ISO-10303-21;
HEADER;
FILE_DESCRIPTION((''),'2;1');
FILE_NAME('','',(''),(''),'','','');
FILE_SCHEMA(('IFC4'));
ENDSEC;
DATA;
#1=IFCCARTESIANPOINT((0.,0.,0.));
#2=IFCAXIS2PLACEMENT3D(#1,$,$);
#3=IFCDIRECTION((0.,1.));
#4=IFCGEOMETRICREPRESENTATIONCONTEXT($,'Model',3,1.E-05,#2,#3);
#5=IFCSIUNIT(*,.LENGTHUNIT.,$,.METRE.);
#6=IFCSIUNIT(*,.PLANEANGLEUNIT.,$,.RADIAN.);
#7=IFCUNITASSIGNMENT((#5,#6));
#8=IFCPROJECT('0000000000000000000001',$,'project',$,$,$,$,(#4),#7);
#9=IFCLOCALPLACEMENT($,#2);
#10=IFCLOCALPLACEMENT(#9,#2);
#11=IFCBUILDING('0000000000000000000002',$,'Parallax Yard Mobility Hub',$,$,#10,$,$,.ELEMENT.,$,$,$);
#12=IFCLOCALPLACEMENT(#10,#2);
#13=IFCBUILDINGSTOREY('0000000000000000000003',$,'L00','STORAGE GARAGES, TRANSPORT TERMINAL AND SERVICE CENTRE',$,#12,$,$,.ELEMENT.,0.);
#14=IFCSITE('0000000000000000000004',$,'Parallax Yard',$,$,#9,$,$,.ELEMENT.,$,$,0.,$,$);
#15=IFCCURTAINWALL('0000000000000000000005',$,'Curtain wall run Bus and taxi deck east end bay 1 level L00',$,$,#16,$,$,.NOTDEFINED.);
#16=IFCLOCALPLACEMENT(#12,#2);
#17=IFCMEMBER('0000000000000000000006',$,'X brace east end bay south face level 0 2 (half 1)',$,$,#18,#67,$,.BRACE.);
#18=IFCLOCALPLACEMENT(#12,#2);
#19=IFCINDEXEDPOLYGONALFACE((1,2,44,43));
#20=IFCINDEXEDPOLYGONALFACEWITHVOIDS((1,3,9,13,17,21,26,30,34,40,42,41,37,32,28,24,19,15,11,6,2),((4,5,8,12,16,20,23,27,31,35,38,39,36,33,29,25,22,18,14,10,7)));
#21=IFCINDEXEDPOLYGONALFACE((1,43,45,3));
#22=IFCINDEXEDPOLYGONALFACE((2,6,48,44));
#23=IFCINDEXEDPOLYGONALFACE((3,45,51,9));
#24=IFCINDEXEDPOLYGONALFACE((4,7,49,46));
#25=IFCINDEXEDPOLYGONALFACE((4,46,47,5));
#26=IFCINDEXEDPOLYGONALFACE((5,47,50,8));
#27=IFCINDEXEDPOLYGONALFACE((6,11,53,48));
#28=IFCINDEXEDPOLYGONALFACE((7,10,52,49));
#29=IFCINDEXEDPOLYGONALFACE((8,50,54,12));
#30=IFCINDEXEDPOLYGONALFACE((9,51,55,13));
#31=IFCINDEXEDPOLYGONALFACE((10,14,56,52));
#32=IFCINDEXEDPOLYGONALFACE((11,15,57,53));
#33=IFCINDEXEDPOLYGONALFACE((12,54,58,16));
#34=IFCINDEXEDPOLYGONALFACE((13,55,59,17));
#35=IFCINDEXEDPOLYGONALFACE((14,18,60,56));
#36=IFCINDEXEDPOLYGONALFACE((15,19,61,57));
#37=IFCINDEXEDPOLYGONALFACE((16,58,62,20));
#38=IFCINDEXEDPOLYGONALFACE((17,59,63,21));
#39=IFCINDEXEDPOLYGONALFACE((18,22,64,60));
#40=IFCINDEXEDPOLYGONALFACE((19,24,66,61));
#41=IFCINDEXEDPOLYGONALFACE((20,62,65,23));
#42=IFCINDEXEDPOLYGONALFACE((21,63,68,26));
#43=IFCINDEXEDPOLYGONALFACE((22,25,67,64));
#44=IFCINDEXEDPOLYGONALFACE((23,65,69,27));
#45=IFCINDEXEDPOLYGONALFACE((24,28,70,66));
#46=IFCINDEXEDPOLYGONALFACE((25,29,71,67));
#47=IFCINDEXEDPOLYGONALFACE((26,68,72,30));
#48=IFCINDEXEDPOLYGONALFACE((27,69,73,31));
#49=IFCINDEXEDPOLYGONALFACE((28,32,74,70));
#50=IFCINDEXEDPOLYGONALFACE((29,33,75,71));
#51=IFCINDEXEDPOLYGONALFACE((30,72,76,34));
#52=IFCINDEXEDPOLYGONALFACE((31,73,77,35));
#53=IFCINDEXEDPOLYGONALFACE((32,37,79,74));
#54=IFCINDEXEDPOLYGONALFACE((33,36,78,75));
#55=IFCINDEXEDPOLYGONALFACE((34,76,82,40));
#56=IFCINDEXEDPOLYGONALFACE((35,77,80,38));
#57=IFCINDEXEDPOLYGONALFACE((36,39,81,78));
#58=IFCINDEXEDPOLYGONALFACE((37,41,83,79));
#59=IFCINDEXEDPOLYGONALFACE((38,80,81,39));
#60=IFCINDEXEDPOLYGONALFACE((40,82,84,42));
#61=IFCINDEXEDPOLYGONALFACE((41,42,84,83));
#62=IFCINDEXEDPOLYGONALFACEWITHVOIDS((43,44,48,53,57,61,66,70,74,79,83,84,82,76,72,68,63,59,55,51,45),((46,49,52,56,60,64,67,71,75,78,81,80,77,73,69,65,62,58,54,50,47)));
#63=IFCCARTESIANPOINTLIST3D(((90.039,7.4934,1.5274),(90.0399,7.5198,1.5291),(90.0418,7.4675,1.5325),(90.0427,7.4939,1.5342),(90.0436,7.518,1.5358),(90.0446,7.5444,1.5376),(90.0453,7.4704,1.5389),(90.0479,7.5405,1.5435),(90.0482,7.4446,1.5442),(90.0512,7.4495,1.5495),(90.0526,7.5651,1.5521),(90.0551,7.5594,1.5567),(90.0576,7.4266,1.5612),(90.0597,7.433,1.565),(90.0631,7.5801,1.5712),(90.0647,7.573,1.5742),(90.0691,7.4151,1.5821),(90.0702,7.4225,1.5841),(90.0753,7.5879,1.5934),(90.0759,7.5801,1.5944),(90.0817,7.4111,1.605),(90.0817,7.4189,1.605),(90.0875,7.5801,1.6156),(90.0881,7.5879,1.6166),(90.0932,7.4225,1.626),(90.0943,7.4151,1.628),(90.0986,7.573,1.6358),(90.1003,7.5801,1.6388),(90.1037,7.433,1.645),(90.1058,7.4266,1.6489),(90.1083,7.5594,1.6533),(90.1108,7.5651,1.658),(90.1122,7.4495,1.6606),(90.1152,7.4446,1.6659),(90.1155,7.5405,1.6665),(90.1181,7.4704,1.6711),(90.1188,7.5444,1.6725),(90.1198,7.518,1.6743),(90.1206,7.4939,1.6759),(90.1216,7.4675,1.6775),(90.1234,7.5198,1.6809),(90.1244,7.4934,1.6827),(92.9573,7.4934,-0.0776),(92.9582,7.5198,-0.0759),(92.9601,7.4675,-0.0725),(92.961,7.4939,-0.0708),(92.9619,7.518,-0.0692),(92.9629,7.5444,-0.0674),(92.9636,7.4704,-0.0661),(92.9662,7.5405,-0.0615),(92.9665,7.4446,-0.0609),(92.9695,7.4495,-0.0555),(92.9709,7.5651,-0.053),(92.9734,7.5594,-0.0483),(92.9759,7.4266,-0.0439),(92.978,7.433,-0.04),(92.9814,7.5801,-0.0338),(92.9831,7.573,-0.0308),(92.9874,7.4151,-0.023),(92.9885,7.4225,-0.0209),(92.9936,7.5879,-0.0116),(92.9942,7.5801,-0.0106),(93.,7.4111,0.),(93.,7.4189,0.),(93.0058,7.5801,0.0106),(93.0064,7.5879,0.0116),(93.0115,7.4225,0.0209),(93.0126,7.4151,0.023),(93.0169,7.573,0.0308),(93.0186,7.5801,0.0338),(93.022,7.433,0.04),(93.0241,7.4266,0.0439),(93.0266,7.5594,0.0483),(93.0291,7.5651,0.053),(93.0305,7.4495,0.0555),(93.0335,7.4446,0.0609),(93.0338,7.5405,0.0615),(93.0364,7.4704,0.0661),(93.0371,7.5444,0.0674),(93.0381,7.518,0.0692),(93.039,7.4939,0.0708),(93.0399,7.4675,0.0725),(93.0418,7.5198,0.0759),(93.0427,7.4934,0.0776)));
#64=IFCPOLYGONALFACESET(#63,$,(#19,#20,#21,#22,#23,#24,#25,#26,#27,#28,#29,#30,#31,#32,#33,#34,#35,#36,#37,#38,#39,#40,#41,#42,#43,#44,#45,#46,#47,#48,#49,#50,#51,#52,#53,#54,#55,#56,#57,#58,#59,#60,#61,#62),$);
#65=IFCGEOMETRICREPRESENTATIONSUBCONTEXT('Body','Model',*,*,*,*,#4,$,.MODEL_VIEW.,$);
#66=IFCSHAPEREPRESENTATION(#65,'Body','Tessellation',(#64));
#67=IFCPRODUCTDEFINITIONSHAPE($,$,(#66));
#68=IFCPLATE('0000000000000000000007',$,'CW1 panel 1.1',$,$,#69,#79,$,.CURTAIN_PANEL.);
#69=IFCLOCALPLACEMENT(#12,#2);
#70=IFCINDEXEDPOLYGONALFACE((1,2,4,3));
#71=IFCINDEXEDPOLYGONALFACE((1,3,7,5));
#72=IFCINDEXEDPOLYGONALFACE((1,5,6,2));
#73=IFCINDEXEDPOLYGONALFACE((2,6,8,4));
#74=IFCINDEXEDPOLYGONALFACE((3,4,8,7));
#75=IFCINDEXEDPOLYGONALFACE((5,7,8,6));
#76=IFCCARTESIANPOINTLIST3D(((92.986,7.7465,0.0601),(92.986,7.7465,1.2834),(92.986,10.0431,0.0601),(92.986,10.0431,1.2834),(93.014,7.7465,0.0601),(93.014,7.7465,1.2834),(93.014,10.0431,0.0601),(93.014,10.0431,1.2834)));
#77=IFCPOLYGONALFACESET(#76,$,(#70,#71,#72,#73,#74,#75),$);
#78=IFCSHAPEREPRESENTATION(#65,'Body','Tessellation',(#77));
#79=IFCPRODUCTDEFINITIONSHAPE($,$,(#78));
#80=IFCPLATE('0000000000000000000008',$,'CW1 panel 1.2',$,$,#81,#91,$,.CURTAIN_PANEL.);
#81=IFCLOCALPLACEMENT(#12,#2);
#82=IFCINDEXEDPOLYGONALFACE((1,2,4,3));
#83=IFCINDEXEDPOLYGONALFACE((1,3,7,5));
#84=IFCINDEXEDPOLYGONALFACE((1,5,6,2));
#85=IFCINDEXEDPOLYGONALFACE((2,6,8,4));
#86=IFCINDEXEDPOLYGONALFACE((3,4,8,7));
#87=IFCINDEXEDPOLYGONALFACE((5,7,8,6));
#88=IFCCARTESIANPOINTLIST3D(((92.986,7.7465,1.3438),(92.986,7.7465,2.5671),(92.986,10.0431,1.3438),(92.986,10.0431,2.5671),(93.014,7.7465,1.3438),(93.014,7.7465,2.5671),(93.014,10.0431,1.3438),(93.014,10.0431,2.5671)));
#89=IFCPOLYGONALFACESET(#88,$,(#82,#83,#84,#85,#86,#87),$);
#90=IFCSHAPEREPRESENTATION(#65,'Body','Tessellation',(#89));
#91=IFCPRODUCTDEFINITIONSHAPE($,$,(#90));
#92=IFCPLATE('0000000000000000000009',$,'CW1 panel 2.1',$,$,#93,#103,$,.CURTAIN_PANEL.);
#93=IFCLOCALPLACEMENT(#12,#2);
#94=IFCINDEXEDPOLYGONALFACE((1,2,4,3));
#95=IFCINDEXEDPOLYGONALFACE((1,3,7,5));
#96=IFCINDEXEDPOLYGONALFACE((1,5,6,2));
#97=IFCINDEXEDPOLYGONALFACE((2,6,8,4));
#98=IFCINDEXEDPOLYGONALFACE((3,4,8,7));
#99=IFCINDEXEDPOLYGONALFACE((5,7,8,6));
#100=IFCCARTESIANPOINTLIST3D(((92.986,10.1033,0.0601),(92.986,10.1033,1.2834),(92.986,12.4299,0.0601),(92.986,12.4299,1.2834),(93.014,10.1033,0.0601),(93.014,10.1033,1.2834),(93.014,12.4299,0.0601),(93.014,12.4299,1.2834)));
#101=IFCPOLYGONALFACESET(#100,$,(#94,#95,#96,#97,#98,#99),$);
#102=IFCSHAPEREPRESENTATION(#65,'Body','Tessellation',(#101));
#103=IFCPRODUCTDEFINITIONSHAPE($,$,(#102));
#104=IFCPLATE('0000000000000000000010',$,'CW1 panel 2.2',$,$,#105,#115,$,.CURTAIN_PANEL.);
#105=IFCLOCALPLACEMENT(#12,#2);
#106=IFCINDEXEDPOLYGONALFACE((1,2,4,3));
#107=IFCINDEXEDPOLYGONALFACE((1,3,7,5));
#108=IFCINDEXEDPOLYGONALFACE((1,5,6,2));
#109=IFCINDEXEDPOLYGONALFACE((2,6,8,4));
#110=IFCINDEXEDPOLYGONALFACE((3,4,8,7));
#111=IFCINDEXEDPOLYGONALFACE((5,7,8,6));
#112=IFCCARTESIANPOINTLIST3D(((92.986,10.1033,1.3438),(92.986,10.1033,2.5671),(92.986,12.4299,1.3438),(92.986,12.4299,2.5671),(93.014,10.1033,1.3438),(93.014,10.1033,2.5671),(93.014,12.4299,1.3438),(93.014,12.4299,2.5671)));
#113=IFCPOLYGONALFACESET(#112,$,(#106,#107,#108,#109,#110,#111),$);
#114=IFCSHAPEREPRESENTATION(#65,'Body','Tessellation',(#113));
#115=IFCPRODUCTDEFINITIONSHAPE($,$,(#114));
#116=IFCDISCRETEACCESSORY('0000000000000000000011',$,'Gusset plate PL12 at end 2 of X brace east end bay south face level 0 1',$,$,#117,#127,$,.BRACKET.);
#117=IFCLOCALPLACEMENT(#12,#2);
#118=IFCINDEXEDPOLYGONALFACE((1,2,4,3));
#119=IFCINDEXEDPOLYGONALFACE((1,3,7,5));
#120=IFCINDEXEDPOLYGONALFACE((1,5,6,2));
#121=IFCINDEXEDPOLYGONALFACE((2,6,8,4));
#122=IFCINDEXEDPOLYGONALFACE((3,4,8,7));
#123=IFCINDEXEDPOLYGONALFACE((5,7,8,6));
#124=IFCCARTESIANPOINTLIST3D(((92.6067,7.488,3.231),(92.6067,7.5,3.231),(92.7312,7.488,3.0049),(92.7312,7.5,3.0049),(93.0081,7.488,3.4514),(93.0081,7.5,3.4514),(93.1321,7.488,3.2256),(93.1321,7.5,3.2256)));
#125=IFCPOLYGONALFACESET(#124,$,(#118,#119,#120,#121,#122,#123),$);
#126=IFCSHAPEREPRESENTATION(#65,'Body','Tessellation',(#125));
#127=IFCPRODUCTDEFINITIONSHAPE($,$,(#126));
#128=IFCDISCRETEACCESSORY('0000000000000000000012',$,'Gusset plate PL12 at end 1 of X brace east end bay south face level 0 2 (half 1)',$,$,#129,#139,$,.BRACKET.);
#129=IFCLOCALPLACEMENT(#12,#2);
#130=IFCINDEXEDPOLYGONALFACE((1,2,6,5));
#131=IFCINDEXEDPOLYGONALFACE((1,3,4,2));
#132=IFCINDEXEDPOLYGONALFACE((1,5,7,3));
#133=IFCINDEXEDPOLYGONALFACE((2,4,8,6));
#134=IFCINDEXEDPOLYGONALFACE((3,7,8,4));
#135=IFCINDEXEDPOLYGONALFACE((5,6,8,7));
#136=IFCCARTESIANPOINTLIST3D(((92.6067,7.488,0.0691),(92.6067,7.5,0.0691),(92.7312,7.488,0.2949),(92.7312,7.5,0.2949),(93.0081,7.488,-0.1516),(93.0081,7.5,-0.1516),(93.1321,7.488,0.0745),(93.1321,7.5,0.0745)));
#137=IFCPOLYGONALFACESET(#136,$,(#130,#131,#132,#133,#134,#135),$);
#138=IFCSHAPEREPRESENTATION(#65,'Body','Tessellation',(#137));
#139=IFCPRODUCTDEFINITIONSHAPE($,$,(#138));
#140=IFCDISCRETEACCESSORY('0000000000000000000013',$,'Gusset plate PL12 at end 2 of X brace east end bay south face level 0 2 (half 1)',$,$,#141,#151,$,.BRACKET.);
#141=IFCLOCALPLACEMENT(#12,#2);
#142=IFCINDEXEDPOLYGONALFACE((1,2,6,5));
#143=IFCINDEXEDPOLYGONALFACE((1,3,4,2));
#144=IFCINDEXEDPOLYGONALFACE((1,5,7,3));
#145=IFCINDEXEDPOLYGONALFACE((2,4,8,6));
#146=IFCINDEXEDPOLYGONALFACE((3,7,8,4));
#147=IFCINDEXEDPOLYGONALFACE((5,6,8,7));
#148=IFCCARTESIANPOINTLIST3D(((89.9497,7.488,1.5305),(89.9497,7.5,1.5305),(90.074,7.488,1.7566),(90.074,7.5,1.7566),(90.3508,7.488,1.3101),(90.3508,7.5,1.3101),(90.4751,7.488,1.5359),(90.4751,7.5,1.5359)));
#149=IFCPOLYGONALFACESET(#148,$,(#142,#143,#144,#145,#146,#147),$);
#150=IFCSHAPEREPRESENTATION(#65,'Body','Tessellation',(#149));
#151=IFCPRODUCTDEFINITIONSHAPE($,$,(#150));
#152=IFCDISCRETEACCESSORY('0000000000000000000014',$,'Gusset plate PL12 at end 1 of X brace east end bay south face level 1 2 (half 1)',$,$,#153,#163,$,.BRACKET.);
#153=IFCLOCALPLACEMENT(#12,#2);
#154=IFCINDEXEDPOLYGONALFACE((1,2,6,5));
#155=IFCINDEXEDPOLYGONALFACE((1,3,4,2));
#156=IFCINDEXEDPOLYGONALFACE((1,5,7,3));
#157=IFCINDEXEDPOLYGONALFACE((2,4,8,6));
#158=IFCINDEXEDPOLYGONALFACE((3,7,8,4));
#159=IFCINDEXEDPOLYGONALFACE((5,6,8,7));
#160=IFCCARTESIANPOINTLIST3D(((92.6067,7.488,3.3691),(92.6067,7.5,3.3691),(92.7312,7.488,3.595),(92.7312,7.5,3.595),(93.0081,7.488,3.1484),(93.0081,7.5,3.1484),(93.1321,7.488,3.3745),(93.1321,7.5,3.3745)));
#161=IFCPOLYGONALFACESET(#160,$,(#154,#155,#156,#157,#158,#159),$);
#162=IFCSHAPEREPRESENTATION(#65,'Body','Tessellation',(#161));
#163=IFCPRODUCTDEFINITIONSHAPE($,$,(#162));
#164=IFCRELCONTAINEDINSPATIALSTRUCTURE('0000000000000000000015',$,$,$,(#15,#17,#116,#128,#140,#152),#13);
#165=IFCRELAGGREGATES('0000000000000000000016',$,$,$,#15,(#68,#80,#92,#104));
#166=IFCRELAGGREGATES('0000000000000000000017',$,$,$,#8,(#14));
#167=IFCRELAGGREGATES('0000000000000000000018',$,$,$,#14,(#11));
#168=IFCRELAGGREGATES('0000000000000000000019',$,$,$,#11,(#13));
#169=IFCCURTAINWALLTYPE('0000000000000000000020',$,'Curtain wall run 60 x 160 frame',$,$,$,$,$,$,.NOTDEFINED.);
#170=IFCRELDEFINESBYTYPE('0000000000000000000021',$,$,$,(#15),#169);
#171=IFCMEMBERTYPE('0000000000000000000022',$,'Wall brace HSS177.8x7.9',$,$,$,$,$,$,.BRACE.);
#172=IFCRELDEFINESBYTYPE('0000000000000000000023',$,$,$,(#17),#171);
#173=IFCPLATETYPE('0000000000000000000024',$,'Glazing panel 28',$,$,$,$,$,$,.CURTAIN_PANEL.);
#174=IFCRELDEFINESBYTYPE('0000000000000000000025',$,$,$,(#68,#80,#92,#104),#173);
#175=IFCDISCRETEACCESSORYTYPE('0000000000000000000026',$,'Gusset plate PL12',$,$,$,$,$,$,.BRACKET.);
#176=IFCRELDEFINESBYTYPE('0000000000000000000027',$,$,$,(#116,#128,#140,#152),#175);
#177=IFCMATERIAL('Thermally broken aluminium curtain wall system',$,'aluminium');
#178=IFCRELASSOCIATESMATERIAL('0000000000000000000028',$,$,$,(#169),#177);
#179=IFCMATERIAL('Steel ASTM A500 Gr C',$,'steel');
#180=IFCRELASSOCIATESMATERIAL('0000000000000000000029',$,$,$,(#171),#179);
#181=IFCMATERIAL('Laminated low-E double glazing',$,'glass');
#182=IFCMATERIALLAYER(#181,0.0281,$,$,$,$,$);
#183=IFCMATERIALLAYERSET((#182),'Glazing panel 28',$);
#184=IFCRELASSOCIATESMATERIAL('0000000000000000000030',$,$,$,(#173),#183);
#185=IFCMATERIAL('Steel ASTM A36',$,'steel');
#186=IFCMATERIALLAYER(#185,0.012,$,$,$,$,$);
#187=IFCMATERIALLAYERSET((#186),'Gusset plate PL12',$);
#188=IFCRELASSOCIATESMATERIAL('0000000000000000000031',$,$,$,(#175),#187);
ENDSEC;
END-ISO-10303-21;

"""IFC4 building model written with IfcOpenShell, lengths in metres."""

from ifc_helpers import new_model, si_unit, direction, frame, origin, origin_2d, place, context, subcontext, project, spatial, polyline, rectangle, hollow_circle, outline, extrude, material, layer, layer_set, material_profile, profile_set, type_object, element, aggregate, save


model = new_model("IFC4")

# Units and contexts
model_context = context("Model", 3, precision=1e-05, world=origin(), true_north=direction((0.0, 1.0)))
body_context = subcontext(model_context, "Body", "Model", "MODEL_VIEW")
ifc_project = project(units=[si_unit("LENGTHUNIT", "METRE"), si_unit("PLANEANGLEUNIT", "RADIAN")], contexts=[model_context])

# Site, building, storey
site_placement = place(None, origin())
site = spatial("IfcSite", under=ifc_project, at=site_placement, Name="Parallax Yard", CompositionType="ELEMENT", RefElevation=0.0)
building_placement = place(site_placement, origin())
building = spatial("IfcBuilding", under=site, at=building_placement, Name="Parallax Yard Mobility Hub", CompositionType="ELEMENT")
storey_placement = place(building_placement, origin())
storey = spatial("IfcBuildingStorey", under=building, at=storey_placement, Name="L00", Description="STORAGE GARAGES, TRANSPORT TERMINAL AND SERVICE CENTRE", CompositionType="ELEMENT", Elevation=0.0)

# Shared definitions
ifc_material_1 = material(Name="Steel ASTM A500 Gr C", Category="steel")

# Curtain wall
ifc_material_2 = material(Name="Thermally broken aluminium curtain wall system", Category="aluminium")
curtain_wall_type = type_object("IfcCurtainWallType", Name="Curtain wall run 60 x 160 frame", PredefinedType="NOTDEFINED", material=ifc_material_2)
curtain_wall_placement = place(storey_placement, origin())
curtain_wall = element("IfcCurtainWall", 1, at=curtain_wall_placement, inside=storey, type_object=curtain_wall_type, Name="Curtain wall run Bus and taxi deck east end bay 1 level L00", PredefinedType="NOTDEFINED")

# Member
ifc_material_profile_1 = material_profile(ifc_material_1, hollow_circle(Radius=0.0889, WallThickness=0.0078, at=origin_2d()), Name="HSS177.8x7.9")
ifc_profile_set_1 = profile_set([ifc_material_profile_1], Name="Steel ASTM A500 Gr C")
member_type_1 = type_object("IfcMemberType", Name="Wall brace HSS177.8x7.9", PredefinedType="BRACE", material=ifc_profile_set_1)
member_1_placement = place(storey_placement, frame((93.0, 7.5, 0.0), z_axis=(-0.876221, 0.0, 0.48191), x_axis=(0.0, -1.0, 0.0)))
element("IfcMember", 2, at=member_1_placement, inside=storey, type_object=member_type_1, Name="X brace east end bay south face level 0 2 (half 1)", PredefinedType="BRACE", context=body_context, shape_type="SweptSolid", body=[
    extrude(hollow_circle(Radius=0.0889, WallThickness=0.0078, at=origin_2d()), origin(), (0.0, 0.0, 1.0), 3.3306),
])

# Plates
ifc_material_3 = material(Name="Laminated low-E double glazing", Category="glass")
ifc_layer_1 = layer(ifc_material_3, 0.0281)
ifc_layer_set_1 = layer_set([ifc_layer_1], Name="Glazing panel 28")
plate_type = type_object("IfcPlateType", Name="Glazing panel 28", PredefinedType="CURTAIN_PANEL", material=ifc_layer_set_1)
plate_1_placement = place(storey_placement, frame((93.0, 8.8948, 0.0601), z_axis=(0.0, 0.0, 1.0), x_axis=(0.0, 1.0, 0.0)))
plate_1 = element("IfcPlate", 3, at=plate_1_placement, type_object=plate_type, Name="CW1 panel 1.1", PredefinedType="CURTAIN_PANEL", context=body_context, shape_type="SweptSolid", body=[
    extrude(rectangle(XDim=2.2966, YDim=0.0281, at=origin_2d()), origin(), (0.0, 0.0, 1.0), 1.2234),
])
plate_2_placement = place(storey_placement, frame((93.0, 8.8948, 1.3438), z_axis=(0.0, 0.0, 1.0), x_axis=(0.0, 1.0, 0.0)))
plate_2 = element("IfcPlate", 4, at=plate_2_placement, type_object=plate_type, Name="CW1 panel 1.2", PredefinedType="CURTAIN_PANEL", context=body_context, shape_type="SweptSolid", body=[
    extrude(rectangle(XDim=2.2966, YDim=0.0281, at=origin_2d()), origin(), (0.0, 0.0, 1.0), 1.2234),
])
plate_3_placement = place(storey_placement, frame((93.0, 11.2666, 0.0601), z_axis=(0.0, 0.0, 1.0), x_axis=(0.0, 1.0, 0.0)))
plate_3 = element("IfcPlate", 5, at=plate_3_placement, type_object=plate_type, Name="CW1 panel 2.1", PredefinedType="CURTAIN_PANEL", context=body_context, shape_type="SweptSolid", body=[
    extrude(rectangle(XDim=2.3267, YDim=0.0281, at=origin_2d()), origin(), (0.0, 0.0, 1.0), 1.2234),
])
plate_4_placement = place(storey_placement, frame((93.0, 11.2666, 1.3438), z_axis=(0.0, 0.0, 1.0), x_axis=(0.0, 1.0, 0.0)))
plate_4 = element("IfcPlate", 6, at=plate_4_placement, type_object=plate_type, Name="CW1 panel 2.2", PredefinedType="CURTAIN_PANEL", context=body_context, shape_type="SweptSolid", body=[
    extrude(rectangle(XDim=2.3267, YDim=0.0281, at=origin_2d()), origin(), (0.0, 0.0, 1.0), 1.2234),
])
aggregate(curtain_wall, [plate_1, plate_2, plate_3, plate_4])

# Discrete accessories
ifc_material_4 = material(Name="Steel ASTM A36", Category="steel")
ifc_layer_2 = layer(ifc_material_4, 0.012)
ifc_layer_set_2 = layer_set([ifc_layer_2], Name="Gusset plate PL12")
discrete_accessory_type = type_object("IfcDiscreteAccessoryType", Name="Gusset plate PL12", PredefinedType="BRACKET", material=ifc_layer_set_2)
discrete_accessory_1_placement = place(storey_placement, frame((92.6067, 7.5, 3.231), z_axis=(0.0, 1.0, 0.0), x_axis=(0.876486, 0.0, 0.481427)))
element("IfcDiscreteAccessory", 7, at=discrete_accessory_1_placement, inside=storey, type_object=discrete_accessory_type, Name="Gusset plate PL12 at end 2 of X brace east end bay south face level 0 1", PredefinedType="BRACKET", context=body_context, shape_type="SweptSolid", body=[
    extrude(outline(polyline([(0.0, 0.0), (0.4579, 0.0), (0.4579, 0.2576), (0.0003, 0.2581), (0.0, 0.0)])), origin(), (0.0, 0.0, -1.0), 0.012),
])
discrete_accessory_2_placement = place(storey_placement, frame((92.7312, 7.5, 0.2949), z_axis=(0.0, 1.0, 0.0), x_axis=(0.876238, 0.0, -0.481878)))
element("IfcDiscreteAccessory", 8, at=discrete_accessory_2_placement, inside=storey, type_object=discrete_accessory_type, Name="Gusset plate PL12 at end 1 of X brace east end bay south face level 0 2 (half 1)", PredefinedType="BRACKET", context=body_context, shape_type="SweptSolid", body=[
    extrude(outline(polyline([(0.0, 0.0), (0.4575, 0.0), (0.4578, 0.2579), (-0.0003, 0.2579), (0.0, 0.0)])), origin(), (0.0, 0.0, -1.0), 0.012),
])
discrete_accessory_3_placement = place(storey_placement, frame((90.3508, 7.5, 1.3101), z_axis=(0.0, 1.0, 0.0), x_axis=(-0.876362, 0.0, 0.481653)))
element("IfcDiscreteAccessory", 9, at=discrete_accessory_3_placement, inside=storey, type_object=discrete_accessory_type, Name="Gusset plate PL12 at end 2 of X brace east end bay south face level 0 2 (half 1)", PredefinedType="BRACKET", context=body_context, shape_type="SweptSolid", body=[
    extrude(outline(polyline([(0.0, 0.0), (0.4577, 0.0), (0.4577, 0.258), (-0.0001, 0.2578), (0.0, 0.0)])), origin(), (0.0, 0.0, -1.0), 0.012),
])
discrete_accessory_4_placement = place(storey_placement, frame((92.7312, 7.5, 3.595), z_axis=(0.0, 1.0, 0.0), x_axis=(0.876238, 0.0, -0.481878)))
element("IfcDiscreteAccessory", 10, at=discrete_accessory_4_placement, inside=storey, type_object=discrete_accessory_type, Name="Gusset plate PL12 at end 1 of X brace east end bay south face level 1 2 (half 1)", PredefinedType="BRACKET", context=body_context, shape_type="SweptSolid", body=[
    extrude(outline(polyline([(0.0, 0.0), (0.4575, 0.0), (0.4578, 0.2579), (-0.0003, 0.2579), (0.0, 0.0)])), origin(), (0.0, 0.0, -1.0), 0.012),
])

save(model, "model.ifc")
